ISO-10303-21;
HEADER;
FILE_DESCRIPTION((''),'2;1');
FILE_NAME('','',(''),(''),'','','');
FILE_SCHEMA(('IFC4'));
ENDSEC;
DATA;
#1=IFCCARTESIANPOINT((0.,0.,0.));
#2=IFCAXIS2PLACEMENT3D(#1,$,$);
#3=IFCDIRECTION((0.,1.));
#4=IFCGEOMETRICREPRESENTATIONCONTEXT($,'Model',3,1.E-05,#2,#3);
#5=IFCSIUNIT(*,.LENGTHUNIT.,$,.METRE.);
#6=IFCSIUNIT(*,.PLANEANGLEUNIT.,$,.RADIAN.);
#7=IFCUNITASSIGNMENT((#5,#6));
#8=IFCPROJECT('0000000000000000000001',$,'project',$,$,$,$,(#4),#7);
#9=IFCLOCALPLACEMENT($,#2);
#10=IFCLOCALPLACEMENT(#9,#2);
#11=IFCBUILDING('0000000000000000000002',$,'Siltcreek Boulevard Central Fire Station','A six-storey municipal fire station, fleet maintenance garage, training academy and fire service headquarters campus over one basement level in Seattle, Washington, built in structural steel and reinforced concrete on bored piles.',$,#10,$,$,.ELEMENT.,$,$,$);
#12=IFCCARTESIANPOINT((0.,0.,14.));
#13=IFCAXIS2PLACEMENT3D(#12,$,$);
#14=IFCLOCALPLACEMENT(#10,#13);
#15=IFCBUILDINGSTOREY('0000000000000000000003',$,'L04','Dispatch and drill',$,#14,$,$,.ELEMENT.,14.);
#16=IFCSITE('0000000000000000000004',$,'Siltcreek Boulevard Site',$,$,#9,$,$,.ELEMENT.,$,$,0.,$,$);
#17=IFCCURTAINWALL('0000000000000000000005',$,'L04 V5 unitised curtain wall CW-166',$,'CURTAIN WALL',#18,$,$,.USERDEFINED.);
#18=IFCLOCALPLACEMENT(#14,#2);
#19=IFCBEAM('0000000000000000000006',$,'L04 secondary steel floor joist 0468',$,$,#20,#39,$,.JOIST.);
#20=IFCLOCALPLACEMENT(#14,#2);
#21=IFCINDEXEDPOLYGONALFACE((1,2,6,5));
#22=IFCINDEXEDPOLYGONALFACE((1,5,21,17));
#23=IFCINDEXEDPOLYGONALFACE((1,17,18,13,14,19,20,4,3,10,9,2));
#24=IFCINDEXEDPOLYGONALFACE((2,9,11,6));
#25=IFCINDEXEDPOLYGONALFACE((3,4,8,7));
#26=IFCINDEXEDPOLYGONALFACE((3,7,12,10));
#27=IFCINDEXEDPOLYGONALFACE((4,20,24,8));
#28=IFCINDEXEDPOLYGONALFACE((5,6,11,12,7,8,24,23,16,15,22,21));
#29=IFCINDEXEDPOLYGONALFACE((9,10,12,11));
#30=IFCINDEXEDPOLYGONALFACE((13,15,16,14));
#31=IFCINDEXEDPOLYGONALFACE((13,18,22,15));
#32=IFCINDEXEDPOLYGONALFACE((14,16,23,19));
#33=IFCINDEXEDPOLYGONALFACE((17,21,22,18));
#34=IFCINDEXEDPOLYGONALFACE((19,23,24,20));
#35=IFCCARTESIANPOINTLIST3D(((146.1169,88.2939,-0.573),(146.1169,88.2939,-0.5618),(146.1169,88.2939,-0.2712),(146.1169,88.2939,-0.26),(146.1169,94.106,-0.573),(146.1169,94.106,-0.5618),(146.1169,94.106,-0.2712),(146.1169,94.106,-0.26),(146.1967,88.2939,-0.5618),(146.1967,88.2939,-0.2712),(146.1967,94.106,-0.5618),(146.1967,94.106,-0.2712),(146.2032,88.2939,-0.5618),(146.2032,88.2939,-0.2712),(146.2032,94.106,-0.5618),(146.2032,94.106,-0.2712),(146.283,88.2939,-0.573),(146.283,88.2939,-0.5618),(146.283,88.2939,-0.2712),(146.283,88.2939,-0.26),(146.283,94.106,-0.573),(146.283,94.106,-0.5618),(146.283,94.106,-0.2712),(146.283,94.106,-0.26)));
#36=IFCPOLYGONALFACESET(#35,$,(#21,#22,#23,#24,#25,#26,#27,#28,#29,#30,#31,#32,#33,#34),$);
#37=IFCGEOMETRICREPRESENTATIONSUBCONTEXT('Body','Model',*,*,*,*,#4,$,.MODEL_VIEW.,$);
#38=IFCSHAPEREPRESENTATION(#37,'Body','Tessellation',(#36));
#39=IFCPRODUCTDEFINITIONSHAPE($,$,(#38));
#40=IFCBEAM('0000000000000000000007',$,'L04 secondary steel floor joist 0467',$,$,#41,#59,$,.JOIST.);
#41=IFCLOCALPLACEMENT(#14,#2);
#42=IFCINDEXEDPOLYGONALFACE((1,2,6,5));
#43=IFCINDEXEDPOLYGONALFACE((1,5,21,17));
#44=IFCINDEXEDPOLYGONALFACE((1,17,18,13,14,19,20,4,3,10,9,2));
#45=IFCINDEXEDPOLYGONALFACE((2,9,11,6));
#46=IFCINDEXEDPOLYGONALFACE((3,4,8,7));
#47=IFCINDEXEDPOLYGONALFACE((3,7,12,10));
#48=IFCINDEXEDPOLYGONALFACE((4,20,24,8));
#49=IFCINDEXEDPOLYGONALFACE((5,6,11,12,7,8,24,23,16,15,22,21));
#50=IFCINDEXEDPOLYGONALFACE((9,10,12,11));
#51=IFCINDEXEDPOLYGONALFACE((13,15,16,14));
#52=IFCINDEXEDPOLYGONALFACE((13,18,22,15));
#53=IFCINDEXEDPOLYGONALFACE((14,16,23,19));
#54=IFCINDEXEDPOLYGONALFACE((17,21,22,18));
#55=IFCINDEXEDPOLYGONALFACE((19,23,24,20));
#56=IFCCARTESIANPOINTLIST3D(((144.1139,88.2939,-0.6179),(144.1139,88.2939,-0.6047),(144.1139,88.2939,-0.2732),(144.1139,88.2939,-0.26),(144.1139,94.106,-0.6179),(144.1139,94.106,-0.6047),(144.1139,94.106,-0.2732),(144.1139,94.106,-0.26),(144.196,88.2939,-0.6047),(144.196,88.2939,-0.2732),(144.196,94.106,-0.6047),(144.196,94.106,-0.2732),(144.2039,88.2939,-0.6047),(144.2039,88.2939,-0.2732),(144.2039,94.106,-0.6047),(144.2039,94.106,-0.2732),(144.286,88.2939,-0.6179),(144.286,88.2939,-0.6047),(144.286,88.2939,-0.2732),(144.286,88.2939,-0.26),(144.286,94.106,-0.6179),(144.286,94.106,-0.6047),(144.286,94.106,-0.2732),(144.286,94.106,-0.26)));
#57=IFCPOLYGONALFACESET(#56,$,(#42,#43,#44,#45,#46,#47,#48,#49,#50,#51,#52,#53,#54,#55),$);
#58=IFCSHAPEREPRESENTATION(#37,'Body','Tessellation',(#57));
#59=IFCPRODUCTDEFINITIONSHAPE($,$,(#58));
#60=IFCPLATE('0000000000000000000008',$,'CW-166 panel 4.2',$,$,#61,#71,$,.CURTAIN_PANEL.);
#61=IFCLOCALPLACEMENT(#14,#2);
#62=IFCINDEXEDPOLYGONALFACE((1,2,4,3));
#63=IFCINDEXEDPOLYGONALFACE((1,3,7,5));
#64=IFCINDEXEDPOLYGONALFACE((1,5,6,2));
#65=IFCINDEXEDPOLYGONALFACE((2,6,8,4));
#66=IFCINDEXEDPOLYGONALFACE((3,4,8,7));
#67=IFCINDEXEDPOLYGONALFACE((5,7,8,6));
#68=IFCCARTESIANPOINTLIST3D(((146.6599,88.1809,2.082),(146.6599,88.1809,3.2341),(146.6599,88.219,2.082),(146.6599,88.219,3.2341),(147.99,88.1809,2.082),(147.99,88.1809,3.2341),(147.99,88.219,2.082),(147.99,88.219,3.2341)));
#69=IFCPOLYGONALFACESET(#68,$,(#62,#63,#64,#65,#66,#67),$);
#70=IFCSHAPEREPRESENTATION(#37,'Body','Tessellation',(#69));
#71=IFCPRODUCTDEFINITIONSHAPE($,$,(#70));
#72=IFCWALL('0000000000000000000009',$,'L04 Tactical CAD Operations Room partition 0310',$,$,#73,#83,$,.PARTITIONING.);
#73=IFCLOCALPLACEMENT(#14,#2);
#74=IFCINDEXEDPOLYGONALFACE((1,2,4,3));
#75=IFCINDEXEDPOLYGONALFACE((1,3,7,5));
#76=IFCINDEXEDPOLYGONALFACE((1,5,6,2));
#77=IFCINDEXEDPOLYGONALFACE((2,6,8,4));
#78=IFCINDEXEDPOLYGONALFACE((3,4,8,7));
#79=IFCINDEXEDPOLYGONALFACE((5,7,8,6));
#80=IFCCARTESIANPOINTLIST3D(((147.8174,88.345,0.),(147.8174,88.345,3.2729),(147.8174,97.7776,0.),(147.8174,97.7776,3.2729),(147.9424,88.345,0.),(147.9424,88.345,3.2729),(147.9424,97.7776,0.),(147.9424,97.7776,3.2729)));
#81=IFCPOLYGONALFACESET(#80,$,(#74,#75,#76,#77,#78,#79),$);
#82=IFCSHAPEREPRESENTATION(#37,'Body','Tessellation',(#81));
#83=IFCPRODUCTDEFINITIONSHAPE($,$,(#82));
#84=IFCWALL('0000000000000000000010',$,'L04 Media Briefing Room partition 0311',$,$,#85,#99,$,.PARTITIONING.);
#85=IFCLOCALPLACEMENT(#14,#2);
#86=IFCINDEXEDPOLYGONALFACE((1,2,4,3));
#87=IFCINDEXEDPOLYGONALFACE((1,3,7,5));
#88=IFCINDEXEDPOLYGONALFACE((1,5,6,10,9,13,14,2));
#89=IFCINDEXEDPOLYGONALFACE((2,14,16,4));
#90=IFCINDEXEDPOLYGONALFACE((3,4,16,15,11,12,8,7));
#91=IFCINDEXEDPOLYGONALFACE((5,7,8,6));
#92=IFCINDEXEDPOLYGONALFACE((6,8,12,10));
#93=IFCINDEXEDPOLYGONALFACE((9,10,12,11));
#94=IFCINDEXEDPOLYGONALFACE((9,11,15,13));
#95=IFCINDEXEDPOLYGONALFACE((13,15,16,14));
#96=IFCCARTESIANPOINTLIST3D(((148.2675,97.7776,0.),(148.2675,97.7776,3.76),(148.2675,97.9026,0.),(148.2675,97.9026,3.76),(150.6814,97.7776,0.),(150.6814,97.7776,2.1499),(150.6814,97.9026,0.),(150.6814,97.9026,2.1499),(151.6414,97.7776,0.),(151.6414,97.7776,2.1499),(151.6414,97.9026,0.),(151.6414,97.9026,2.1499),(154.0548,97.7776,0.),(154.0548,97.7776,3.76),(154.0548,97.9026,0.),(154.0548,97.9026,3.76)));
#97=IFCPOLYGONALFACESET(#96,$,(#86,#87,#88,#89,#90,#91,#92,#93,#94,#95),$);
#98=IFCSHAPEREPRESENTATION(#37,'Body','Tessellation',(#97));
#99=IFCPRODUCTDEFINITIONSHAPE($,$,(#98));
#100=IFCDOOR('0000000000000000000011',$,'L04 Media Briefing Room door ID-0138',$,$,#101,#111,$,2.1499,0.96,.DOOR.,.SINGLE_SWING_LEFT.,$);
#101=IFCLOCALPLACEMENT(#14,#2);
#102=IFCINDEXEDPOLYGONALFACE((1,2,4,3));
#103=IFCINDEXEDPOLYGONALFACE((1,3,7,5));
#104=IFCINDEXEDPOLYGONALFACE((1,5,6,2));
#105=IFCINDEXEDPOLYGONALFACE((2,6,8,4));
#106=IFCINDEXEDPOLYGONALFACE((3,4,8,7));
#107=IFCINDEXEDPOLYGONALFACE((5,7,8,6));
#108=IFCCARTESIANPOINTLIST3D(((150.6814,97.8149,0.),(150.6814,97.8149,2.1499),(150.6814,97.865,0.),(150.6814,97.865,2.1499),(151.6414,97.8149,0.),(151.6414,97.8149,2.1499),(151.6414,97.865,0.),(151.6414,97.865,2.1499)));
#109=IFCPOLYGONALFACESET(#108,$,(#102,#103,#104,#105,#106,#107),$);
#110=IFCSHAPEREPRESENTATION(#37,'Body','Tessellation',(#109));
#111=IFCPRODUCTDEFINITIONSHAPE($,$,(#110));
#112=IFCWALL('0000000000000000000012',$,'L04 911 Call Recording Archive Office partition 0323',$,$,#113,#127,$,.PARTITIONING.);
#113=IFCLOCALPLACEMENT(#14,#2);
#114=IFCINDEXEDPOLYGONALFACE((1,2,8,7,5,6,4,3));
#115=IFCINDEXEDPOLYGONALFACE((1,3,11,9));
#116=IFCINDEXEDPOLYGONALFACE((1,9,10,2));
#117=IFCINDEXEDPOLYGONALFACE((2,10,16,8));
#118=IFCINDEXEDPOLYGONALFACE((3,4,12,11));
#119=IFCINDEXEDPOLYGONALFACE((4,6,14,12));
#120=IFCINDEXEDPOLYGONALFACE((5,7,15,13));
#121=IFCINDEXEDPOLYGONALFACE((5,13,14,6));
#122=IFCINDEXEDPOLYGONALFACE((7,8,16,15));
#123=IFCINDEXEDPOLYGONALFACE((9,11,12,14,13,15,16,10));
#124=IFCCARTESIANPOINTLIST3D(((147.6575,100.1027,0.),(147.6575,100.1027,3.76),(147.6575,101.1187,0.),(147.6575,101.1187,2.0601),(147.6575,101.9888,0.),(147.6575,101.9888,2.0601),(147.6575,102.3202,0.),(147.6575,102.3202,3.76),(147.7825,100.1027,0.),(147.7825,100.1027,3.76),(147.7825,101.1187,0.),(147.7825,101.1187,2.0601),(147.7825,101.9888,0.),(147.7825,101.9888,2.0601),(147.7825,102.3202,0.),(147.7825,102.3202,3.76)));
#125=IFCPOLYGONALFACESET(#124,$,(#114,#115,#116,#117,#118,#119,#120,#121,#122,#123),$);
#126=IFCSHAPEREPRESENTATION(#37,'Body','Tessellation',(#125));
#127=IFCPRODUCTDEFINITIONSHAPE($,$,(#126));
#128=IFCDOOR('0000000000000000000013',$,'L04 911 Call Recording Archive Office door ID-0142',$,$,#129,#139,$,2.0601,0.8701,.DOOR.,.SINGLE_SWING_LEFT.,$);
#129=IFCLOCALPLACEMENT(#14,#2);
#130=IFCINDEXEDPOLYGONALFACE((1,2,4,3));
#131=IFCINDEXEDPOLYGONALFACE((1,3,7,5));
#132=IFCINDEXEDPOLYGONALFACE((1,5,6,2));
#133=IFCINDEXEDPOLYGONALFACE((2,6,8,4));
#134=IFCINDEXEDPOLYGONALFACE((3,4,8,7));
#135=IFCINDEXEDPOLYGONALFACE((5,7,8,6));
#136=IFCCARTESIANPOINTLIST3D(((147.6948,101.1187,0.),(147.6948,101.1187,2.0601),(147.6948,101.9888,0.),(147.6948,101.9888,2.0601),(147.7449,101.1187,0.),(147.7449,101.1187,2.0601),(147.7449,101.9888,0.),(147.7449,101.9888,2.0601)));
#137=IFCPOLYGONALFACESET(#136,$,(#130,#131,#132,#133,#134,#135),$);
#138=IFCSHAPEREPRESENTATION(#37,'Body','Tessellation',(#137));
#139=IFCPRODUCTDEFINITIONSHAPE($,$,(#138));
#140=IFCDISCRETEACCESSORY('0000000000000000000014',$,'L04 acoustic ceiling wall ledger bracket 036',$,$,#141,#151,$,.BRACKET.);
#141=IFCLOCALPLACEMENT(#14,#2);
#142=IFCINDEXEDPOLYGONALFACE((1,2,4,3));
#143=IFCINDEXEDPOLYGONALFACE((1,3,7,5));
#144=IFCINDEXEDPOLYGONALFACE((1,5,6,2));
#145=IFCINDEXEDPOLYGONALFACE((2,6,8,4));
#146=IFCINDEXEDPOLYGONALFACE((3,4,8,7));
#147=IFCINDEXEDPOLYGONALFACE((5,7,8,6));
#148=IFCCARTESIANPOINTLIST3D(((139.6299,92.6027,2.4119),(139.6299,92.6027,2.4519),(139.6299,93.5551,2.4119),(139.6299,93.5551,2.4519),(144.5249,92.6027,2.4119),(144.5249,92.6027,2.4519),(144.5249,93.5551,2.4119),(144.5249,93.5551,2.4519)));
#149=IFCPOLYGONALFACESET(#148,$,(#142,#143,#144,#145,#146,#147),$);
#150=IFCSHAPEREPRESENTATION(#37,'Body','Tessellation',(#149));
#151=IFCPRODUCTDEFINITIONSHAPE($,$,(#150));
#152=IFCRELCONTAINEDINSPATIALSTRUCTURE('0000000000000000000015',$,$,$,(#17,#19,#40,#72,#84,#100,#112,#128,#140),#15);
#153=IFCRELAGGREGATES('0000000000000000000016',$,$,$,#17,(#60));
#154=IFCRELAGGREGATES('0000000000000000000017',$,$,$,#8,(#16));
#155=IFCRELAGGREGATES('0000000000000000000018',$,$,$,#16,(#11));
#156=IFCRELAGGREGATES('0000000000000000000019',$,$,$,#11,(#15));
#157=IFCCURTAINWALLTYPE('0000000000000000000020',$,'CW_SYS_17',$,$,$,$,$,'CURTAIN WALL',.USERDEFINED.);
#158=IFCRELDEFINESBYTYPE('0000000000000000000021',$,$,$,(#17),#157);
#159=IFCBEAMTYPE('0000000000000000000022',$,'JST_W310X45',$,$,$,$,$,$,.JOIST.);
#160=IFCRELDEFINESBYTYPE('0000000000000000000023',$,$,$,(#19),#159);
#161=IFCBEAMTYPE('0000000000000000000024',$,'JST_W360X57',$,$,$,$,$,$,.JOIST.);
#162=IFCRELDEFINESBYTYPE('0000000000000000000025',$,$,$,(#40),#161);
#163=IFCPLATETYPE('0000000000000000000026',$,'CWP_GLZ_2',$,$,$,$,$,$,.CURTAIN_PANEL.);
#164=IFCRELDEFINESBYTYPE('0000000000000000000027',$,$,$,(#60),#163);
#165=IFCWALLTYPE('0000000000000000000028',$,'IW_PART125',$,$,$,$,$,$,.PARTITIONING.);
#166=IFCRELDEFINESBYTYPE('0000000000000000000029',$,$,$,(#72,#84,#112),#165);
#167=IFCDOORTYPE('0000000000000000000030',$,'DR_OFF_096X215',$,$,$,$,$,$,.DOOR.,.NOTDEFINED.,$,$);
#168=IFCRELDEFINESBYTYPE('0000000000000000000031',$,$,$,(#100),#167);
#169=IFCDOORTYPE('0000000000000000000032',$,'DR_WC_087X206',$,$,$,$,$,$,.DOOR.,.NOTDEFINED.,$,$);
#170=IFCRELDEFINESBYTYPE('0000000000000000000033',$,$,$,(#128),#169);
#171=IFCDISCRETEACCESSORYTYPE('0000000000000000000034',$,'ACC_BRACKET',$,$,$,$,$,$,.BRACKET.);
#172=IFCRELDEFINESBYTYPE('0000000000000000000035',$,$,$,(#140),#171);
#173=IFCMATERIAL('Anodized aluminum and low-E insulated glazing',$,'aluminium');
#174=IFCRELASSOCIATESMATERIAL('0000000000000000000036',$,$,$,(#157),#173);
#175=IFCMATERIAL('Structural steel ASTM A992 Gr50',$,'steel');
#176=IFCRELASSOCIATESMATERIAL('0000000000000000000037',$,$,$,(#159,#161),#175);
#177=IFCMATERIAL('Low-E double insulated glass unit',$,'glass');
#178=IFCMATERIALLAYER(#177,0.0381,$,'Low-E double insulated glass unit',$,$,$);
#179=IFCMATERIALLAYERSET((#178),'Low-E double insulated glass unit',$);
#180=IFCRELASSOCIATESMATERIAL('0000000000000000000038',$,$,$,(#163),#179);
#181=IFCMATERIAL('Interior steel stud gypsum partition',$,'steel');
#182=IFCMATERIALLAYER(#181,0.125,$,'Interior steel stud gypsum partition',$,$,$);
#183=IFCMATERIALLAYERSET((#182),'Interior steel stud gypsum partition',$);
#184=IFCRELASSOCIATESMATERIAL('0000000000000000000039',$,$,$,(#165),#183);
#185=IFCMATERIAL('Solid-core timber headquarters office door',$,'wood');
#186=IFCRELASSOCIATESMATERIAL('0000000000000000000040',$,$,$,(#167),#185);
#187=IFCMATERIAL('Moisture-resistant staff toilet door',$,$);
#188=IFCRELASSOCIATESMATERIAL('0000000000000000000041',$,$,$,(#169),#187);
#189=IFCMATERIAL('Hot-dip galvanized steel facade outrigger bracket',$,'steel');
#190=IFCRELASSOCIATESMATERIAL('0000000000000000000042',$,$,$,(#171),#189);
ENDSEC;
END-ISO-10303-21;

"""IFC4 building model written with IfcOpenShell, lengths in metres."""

from ifc_helpers import new_model, si_unit, direction, frame, frame_2d, origin, origin_2d, place, context, subcontext, project, spatial, rectangle, i_section, extrude, material, layer, layer_set, material_profile, profile_set, type_object, element, fill, aggregate, save


model = new_model("IFC4")

# Units and contexts
model_context = context("Model", 3, precision=1e-05, world=origin(), true_north=direction((0.0, 1.0)))
body_context = subcontext(model_context, "Body", "Model", "MODEL_VIEW")
ifc_project = project(units=[si_unit("LENGTHUNIT", "METRE"), si_unit("PLANEANGLEUNIT", "RADIAN")], contexts=[model_context])

# Site, building, storey
site_placement = place(None, origin())
site = spatial("IfcSite", under=ifc_project, at=site_placement, Name="Siltcreek Boulevard Site", CompositionType="ELEMENT", RefElevation=0.0)
building_placement = place(site_placement, origin())
building = spatial("IfcBuilding", under=site, at=building_placement, Name="Siltcreek Boulevard Central Fire Station", Description="A six-storey municipal fire station, fleet maintenance garage, training academy and fire service headquarters campus over one basement level in Seattle, Washington, built in structural steel and reinforced concrete on bored piles.", CompositionType="ELEMENT")
storey_placement = place(building_placement, frame((0.0, 0.0, 14.0)))
storey = spatial("IfcBuildingStorey", under=building, at=storey_placement, Name="L04", Description="Dispatch and drill", CompositionType="ELEMENT", Elevation=14.0)

# Shared definitions
ifc_material_1 = material(Name="Structural steel ASTM A992 Gr50", Category="steel")

# Curtain wall
ifc_material_2 = material(Name="Anodized aluminum and low-E insulated glazing", Category="aluminium")
curtain_wall_type = type_object("IfcCurtainWallType", Name="CW_SYS_17", ElementType="CURTAIN WALL", PredefinedType="USERDEFINED", material=ifc_material_2)
curtain_wall_placement = place(storey_placement, origin())
curtain_wall = element("IfcCurtainWall", 1, at=curtain_wall_placement, inside=storey, type_object=curtain_wall_type, Name="L04 V5 unitised curtain wall CW-166", ObjectType="CURTAIN WALL", PredefinedType="USERDEFINED")

# Beams
ifc_material_profile_1 = material_profile(ifc_material_1, i_section(OverallWidth=0.166, OverallDepth=0.313, WebThickness=0.0066, FlangeThickness=0.0112, at=origin_2d()), Name="W310X45")
ifc_profile_set_1 = profile_set([ifc_material_profile_1], Name="Structural steel ASTM A992 Gr50")
beam_type_1 = type_object("IfcBeamType", Name="JST_W310X45", PredefinedType="JOIST", material=ifc_profile_set_1)
beam_1_placement = place(storey_placement, frame((146.2, 88.2939, -0.4165), z_axis=(0.0, 1.0, 0.0), x_axis=(-1.0, 0.0, 0.0)))
element("IfcBeam", 2, at=beam_1_placement, inside=storey, type_object=beam_type_1, Name="L04 secondary steel floor joist 0468", PredefinedType="JOIST", context=body_context, shape_type="SweptSolid", body=[
    extrude(i_section(OverallWidth=0.166, OverallDepth=0.313, WebThickness=0.0066, FlangeThickness=0.0112, at=origin_2d()), origin(), (0.0, 0.0, 1.0), 5.812),
])
ifc_material_profile_2 = material_profile(ifc_material_1, i_section(OverallWidth=0.1721, OverallDepth=0.3579, WebThickness=0.0078, FlangeThickness=0.0132, at=origin_2d()), Name="W360X57")
ifc_profile_set_2 = profile_set([ifc_material_profile_2], Name="Structural steel ASTM A992 Gr50")
beam_type_2 = type_object("IfcBeamType", Name="JST_W360X57", PredefinedType="JOIST", material=ifc_profile_set_2)
beam_2_placement = place(storey_placement, frame((144.2, 88.2939, -0.439), z_axis=(0.0, 1.0, 0.0), x_axis=(-1.0, 0.0, 0.0)))
element("IfcBeam", 3, at=beam_2_placement, inside=storey, type_object=beam_type_2, Name="L04 secondary steel floor joist 0467", PredefinedType="JOIST", context=body_context, shape_type="SweptSolid", body=[
    extrude(i_section(OverallWidth=0.1721, OverallDepth=0.3579, WebThickness=0.0078, FlangeThickness=0.0132, at=origin_2d()), origin(), (0.0, 0.0, 1.0), 5.812),
])

# Plate
ifc_material_3 = material(Name="Low-E double insulated glass unit", Category="glass")
ifc_layer_1 = layer(ifc_material_3, 0.0381, Name="Low-E double insulated glass unit")
ifc_layer_set_1 = layer_set([ifc_layer_1], Name="Low-E double insulated glass unit")
plate_type = type_object("IfcPlateType", Name="CWP_GLZ_2", PredefinedType="CURTAIN_PANEL", material=ifc_layer_set_1)
plate_placement = place(storey_placement, frame((147.325, 88.2, 2.082), z_axis=(0.0, 0.0, 1.0), x_axis=(1.0, 0.0, 0.0)))
plate = element("IfcPlate", 4, at=plate_placement, type_object=plate_type, Name="CW-166 panel 4.2", PredefinedType="CURTAIN_PANEL", context=body_context, shape_type="SweptSolid", body=[
    extrude(rectangle(XDim=1.3301, YDim=0.0381, at=origin_2d()), origin(), (0.0, 0.0, 1.0), 1.1521),
])
aggregate(curtain_wall, [plate])

# Wall
ifc_material_4 = material(Name="Interior steel stud gypsum partition", Category="steel")
ifc_layer_2 = layer(ifc_material_4, 0.125, Name="Interior steel stud gypsum partition")
ifc_layer_set_2 = layer_set([ifc_layer_2], Name="Interior steel stud gypsum partition")
wall_type = type_object("IfcWallType", Name="IW_PART125", PredefinedType="PARTITIONING", material=ifc_layer_set_2)
wall_1_placement = place(storey_placement, frame((147.8799, 97.7776, 0.0), z_axis=(0.0, 0.0, 1.0), x_axis=(0.0, -1.0, 0.0)))
element("IfcWall", 5, at=wall_1_placement, inside=storey, type_object=wall_type, Name="L04 Tactical CAD Operations Room partition 0310", PredefinedType="PARTITIONING", context=body_context, shape_type="SweptSolid", body=[
    extrude(rectangle(XDim=9.4326, YDim=0.125, at=frame_2d((4.7163, 0.0))), origin(), (0.0, 0.0, 1.0), 3.2729),
])

# Walls, openings, doors
wall_2_placement = place(storey_placement, frame((148.2676, 97.8401, 0.0), z_axis=(0.0, 0.0, 1.0), x_axis=(1.0, 0.0, 0.0)))
wall_2 = element("IfcWall", 6, at=wall_2_placement, inside=storey, type_object=wall_type, Name="L04 Media Briefing Room partition 0311", PredefinedType="PARTITIONING", context=body_context, shape_type="SweptSolid", body=[
    extrude(rectangle(XDim=5.7874, YDim=0.125, at=frame_2d((2.8936, 0.0))), origin(), (0.0, 0.0, 1.0), 3.76),
])
opening_1_placement = place(wall_2_placement, frame((2.4138, 0.0, 0.0)))
opening_1 = element("IfcOpeningElement", 7, at=opening_1_placement, cuts=wall_2, PredefinedType="OPENING", context=body_context, shape_type="SweptSolid", body=[
    extrude(rectangle(XDim=0.96, YDim=2.1499, at=frame_2d((0.48, 1.075))), frame((0.0, 0.0725, 0.0), z_axis=(0.0, -1.0, 0.0), x_axis=(1.0, 0.0, 0.0)), (0.0, 0.0, 1.0), 0.145),
])
ifc_material_5 = material(Name="Solid-core timber headquarters office door", Category="wood")
door_type_1 = type_object("IfcDoorType", Name="DR_OFF_096X215", OperationType="NOTDEFINED", PredefinedType="DOOR", material=ifc_material_5)
door_1_placement = place(opening_1_placement, origin())
door_1 = element("IfcDoor", 8, at=door_1_placement, inside=storey, type_object=door_type_1, Name="L04 Media Briefing Room door ID-0138", OperationType="SINGLE_SWING_LEFT", OverallHeight=2.1499, OverallWidth=0.96, PredefinedType="DOOR", context=body_context, shape_type="SweptSolid", body=[
    extrude(rectangle(XDim=0.96, YDim=2.1499, at=frame_2d((0.48, 1.075))), frame((0.0, 0.0249, 0.0), z_axis=(0.0, -1.0, 0.0), x_axis=(1.0, 0.0, 0.0)), (0.0, 0.0, 1.0), 0.05),
])
fill(opening_1, door_1)
wall_3_placement = place(storey_placement, frame((147.72, 100.1025, 0.0), z_axis=(0.0, 0.0, 1.0), x_axis=(0.0, 1.0, 0.0)))
wall_3 = element("IfcWall", 9, at=wall_3_placement, inside=storey, type_object=wall_type, Name="L04 911 Call Recording Archive Office partition 0323", PredefinedType="PARTITIONING", context=body_context, shape_type="SweptSolid", body=[
    extrude(rectangle(XDim=2.2175, YDim=0.125, at=frame_2d((1.1089, 0.0))), origin(), (0.0, 0.0, 1.0), 3.76),
])
opening_2_placement = place(wall_3_placement, frame((1.0161, 0.0, 0.0)))
opening_2 = element("IfcOpeningElement", 10, at=opening_2_placement, cuts=wall_3, PredefinedType="OPENING", context=body_context, shape_type="SweptSolid", body=[
    extrude(rectangle(XDim=0.8701, YDim=2.0601, at=frame_2d((0.4351, 1.03))), frame((0.0, 0.0725, 0.0), z_axis=(0.0, -1.0, 0.0), x_axis=(1.0, 0.0, 0.0)), (0.0, 0.0, 1.0), 0.145),
])
ifc_material_6 = material(Name="Moisture-resistant staff toilet door")
door_type_2 = type_object("IfcDoorType", Name="DR_WC_087X206", OperationType="NOTDEFINED", PredefinedType="DOOR", material=ifc_material_6)
door_2_placement = place(opening_2_placement, frame((0.8701, 0.0, 0.0), z_axis=(0.0, 0.0, 1.0), x_axis=(-1.0, 0.0, 0.0)))
door_2 = element("IfcDoor", 11, at=door_2_placement, inside=storey, type_object=door_type_2, Name="L04 911 Call Recording Archive Office door ID-0142", OperationType="SINGLE_SWING_LEFT", OverallHeight=2.0601, OverallWidth=0.8701, PredefinedType="DOOR", context=body_context, shape_type="SweptSolid", body=[
    extrude(rectangle(XDim=0.8701, YDim=2.0601, at=frame_2d((0.4351, 1.03))), frame((0.0, 0.0249, 0.0), z_axis=(0.0, -1.0, 0.0), x_axis=(1.0, 0.0, 0.0)), (0.0, 0.0, 1.0), 0.05),
])
fill(opening_2, door_2)

# Discrete accessory
ifc_material_7 = material(Name="Hot-dip galvanized steel facade outrigger bracket", Category="steel")
discrete_accessory_type = type_object("IfcDiscreteAccessoryType", Name="ACC_BRACKET", PredefinedType="BRACKET", material=ifc_material_7)
discrete_accessory_placement = place(storey_placement, frame((142.0774, 93.0789, 2.4119), z_axis=(0.0, 0.0, 1.0), x_axis=(1.0, 0.0, 0.0)))
element("IfcDiscreteAccessory", 12, at=discrete_accessory_placement, inside=storey, type_object=discrete_accessory_type, Name="L04 acoustic ceiling wall ledger bracket 036", PredefinedType="BRACKET", context=body_context, shape_type="SweptSolid", body=[
    extrude(rectangle(XDim=4.895, YDim=0.9524, at=origin_2d()), origin(), (0.0, 0.0, 1.0), 0.04),
])

save(model, "model.ifc")
